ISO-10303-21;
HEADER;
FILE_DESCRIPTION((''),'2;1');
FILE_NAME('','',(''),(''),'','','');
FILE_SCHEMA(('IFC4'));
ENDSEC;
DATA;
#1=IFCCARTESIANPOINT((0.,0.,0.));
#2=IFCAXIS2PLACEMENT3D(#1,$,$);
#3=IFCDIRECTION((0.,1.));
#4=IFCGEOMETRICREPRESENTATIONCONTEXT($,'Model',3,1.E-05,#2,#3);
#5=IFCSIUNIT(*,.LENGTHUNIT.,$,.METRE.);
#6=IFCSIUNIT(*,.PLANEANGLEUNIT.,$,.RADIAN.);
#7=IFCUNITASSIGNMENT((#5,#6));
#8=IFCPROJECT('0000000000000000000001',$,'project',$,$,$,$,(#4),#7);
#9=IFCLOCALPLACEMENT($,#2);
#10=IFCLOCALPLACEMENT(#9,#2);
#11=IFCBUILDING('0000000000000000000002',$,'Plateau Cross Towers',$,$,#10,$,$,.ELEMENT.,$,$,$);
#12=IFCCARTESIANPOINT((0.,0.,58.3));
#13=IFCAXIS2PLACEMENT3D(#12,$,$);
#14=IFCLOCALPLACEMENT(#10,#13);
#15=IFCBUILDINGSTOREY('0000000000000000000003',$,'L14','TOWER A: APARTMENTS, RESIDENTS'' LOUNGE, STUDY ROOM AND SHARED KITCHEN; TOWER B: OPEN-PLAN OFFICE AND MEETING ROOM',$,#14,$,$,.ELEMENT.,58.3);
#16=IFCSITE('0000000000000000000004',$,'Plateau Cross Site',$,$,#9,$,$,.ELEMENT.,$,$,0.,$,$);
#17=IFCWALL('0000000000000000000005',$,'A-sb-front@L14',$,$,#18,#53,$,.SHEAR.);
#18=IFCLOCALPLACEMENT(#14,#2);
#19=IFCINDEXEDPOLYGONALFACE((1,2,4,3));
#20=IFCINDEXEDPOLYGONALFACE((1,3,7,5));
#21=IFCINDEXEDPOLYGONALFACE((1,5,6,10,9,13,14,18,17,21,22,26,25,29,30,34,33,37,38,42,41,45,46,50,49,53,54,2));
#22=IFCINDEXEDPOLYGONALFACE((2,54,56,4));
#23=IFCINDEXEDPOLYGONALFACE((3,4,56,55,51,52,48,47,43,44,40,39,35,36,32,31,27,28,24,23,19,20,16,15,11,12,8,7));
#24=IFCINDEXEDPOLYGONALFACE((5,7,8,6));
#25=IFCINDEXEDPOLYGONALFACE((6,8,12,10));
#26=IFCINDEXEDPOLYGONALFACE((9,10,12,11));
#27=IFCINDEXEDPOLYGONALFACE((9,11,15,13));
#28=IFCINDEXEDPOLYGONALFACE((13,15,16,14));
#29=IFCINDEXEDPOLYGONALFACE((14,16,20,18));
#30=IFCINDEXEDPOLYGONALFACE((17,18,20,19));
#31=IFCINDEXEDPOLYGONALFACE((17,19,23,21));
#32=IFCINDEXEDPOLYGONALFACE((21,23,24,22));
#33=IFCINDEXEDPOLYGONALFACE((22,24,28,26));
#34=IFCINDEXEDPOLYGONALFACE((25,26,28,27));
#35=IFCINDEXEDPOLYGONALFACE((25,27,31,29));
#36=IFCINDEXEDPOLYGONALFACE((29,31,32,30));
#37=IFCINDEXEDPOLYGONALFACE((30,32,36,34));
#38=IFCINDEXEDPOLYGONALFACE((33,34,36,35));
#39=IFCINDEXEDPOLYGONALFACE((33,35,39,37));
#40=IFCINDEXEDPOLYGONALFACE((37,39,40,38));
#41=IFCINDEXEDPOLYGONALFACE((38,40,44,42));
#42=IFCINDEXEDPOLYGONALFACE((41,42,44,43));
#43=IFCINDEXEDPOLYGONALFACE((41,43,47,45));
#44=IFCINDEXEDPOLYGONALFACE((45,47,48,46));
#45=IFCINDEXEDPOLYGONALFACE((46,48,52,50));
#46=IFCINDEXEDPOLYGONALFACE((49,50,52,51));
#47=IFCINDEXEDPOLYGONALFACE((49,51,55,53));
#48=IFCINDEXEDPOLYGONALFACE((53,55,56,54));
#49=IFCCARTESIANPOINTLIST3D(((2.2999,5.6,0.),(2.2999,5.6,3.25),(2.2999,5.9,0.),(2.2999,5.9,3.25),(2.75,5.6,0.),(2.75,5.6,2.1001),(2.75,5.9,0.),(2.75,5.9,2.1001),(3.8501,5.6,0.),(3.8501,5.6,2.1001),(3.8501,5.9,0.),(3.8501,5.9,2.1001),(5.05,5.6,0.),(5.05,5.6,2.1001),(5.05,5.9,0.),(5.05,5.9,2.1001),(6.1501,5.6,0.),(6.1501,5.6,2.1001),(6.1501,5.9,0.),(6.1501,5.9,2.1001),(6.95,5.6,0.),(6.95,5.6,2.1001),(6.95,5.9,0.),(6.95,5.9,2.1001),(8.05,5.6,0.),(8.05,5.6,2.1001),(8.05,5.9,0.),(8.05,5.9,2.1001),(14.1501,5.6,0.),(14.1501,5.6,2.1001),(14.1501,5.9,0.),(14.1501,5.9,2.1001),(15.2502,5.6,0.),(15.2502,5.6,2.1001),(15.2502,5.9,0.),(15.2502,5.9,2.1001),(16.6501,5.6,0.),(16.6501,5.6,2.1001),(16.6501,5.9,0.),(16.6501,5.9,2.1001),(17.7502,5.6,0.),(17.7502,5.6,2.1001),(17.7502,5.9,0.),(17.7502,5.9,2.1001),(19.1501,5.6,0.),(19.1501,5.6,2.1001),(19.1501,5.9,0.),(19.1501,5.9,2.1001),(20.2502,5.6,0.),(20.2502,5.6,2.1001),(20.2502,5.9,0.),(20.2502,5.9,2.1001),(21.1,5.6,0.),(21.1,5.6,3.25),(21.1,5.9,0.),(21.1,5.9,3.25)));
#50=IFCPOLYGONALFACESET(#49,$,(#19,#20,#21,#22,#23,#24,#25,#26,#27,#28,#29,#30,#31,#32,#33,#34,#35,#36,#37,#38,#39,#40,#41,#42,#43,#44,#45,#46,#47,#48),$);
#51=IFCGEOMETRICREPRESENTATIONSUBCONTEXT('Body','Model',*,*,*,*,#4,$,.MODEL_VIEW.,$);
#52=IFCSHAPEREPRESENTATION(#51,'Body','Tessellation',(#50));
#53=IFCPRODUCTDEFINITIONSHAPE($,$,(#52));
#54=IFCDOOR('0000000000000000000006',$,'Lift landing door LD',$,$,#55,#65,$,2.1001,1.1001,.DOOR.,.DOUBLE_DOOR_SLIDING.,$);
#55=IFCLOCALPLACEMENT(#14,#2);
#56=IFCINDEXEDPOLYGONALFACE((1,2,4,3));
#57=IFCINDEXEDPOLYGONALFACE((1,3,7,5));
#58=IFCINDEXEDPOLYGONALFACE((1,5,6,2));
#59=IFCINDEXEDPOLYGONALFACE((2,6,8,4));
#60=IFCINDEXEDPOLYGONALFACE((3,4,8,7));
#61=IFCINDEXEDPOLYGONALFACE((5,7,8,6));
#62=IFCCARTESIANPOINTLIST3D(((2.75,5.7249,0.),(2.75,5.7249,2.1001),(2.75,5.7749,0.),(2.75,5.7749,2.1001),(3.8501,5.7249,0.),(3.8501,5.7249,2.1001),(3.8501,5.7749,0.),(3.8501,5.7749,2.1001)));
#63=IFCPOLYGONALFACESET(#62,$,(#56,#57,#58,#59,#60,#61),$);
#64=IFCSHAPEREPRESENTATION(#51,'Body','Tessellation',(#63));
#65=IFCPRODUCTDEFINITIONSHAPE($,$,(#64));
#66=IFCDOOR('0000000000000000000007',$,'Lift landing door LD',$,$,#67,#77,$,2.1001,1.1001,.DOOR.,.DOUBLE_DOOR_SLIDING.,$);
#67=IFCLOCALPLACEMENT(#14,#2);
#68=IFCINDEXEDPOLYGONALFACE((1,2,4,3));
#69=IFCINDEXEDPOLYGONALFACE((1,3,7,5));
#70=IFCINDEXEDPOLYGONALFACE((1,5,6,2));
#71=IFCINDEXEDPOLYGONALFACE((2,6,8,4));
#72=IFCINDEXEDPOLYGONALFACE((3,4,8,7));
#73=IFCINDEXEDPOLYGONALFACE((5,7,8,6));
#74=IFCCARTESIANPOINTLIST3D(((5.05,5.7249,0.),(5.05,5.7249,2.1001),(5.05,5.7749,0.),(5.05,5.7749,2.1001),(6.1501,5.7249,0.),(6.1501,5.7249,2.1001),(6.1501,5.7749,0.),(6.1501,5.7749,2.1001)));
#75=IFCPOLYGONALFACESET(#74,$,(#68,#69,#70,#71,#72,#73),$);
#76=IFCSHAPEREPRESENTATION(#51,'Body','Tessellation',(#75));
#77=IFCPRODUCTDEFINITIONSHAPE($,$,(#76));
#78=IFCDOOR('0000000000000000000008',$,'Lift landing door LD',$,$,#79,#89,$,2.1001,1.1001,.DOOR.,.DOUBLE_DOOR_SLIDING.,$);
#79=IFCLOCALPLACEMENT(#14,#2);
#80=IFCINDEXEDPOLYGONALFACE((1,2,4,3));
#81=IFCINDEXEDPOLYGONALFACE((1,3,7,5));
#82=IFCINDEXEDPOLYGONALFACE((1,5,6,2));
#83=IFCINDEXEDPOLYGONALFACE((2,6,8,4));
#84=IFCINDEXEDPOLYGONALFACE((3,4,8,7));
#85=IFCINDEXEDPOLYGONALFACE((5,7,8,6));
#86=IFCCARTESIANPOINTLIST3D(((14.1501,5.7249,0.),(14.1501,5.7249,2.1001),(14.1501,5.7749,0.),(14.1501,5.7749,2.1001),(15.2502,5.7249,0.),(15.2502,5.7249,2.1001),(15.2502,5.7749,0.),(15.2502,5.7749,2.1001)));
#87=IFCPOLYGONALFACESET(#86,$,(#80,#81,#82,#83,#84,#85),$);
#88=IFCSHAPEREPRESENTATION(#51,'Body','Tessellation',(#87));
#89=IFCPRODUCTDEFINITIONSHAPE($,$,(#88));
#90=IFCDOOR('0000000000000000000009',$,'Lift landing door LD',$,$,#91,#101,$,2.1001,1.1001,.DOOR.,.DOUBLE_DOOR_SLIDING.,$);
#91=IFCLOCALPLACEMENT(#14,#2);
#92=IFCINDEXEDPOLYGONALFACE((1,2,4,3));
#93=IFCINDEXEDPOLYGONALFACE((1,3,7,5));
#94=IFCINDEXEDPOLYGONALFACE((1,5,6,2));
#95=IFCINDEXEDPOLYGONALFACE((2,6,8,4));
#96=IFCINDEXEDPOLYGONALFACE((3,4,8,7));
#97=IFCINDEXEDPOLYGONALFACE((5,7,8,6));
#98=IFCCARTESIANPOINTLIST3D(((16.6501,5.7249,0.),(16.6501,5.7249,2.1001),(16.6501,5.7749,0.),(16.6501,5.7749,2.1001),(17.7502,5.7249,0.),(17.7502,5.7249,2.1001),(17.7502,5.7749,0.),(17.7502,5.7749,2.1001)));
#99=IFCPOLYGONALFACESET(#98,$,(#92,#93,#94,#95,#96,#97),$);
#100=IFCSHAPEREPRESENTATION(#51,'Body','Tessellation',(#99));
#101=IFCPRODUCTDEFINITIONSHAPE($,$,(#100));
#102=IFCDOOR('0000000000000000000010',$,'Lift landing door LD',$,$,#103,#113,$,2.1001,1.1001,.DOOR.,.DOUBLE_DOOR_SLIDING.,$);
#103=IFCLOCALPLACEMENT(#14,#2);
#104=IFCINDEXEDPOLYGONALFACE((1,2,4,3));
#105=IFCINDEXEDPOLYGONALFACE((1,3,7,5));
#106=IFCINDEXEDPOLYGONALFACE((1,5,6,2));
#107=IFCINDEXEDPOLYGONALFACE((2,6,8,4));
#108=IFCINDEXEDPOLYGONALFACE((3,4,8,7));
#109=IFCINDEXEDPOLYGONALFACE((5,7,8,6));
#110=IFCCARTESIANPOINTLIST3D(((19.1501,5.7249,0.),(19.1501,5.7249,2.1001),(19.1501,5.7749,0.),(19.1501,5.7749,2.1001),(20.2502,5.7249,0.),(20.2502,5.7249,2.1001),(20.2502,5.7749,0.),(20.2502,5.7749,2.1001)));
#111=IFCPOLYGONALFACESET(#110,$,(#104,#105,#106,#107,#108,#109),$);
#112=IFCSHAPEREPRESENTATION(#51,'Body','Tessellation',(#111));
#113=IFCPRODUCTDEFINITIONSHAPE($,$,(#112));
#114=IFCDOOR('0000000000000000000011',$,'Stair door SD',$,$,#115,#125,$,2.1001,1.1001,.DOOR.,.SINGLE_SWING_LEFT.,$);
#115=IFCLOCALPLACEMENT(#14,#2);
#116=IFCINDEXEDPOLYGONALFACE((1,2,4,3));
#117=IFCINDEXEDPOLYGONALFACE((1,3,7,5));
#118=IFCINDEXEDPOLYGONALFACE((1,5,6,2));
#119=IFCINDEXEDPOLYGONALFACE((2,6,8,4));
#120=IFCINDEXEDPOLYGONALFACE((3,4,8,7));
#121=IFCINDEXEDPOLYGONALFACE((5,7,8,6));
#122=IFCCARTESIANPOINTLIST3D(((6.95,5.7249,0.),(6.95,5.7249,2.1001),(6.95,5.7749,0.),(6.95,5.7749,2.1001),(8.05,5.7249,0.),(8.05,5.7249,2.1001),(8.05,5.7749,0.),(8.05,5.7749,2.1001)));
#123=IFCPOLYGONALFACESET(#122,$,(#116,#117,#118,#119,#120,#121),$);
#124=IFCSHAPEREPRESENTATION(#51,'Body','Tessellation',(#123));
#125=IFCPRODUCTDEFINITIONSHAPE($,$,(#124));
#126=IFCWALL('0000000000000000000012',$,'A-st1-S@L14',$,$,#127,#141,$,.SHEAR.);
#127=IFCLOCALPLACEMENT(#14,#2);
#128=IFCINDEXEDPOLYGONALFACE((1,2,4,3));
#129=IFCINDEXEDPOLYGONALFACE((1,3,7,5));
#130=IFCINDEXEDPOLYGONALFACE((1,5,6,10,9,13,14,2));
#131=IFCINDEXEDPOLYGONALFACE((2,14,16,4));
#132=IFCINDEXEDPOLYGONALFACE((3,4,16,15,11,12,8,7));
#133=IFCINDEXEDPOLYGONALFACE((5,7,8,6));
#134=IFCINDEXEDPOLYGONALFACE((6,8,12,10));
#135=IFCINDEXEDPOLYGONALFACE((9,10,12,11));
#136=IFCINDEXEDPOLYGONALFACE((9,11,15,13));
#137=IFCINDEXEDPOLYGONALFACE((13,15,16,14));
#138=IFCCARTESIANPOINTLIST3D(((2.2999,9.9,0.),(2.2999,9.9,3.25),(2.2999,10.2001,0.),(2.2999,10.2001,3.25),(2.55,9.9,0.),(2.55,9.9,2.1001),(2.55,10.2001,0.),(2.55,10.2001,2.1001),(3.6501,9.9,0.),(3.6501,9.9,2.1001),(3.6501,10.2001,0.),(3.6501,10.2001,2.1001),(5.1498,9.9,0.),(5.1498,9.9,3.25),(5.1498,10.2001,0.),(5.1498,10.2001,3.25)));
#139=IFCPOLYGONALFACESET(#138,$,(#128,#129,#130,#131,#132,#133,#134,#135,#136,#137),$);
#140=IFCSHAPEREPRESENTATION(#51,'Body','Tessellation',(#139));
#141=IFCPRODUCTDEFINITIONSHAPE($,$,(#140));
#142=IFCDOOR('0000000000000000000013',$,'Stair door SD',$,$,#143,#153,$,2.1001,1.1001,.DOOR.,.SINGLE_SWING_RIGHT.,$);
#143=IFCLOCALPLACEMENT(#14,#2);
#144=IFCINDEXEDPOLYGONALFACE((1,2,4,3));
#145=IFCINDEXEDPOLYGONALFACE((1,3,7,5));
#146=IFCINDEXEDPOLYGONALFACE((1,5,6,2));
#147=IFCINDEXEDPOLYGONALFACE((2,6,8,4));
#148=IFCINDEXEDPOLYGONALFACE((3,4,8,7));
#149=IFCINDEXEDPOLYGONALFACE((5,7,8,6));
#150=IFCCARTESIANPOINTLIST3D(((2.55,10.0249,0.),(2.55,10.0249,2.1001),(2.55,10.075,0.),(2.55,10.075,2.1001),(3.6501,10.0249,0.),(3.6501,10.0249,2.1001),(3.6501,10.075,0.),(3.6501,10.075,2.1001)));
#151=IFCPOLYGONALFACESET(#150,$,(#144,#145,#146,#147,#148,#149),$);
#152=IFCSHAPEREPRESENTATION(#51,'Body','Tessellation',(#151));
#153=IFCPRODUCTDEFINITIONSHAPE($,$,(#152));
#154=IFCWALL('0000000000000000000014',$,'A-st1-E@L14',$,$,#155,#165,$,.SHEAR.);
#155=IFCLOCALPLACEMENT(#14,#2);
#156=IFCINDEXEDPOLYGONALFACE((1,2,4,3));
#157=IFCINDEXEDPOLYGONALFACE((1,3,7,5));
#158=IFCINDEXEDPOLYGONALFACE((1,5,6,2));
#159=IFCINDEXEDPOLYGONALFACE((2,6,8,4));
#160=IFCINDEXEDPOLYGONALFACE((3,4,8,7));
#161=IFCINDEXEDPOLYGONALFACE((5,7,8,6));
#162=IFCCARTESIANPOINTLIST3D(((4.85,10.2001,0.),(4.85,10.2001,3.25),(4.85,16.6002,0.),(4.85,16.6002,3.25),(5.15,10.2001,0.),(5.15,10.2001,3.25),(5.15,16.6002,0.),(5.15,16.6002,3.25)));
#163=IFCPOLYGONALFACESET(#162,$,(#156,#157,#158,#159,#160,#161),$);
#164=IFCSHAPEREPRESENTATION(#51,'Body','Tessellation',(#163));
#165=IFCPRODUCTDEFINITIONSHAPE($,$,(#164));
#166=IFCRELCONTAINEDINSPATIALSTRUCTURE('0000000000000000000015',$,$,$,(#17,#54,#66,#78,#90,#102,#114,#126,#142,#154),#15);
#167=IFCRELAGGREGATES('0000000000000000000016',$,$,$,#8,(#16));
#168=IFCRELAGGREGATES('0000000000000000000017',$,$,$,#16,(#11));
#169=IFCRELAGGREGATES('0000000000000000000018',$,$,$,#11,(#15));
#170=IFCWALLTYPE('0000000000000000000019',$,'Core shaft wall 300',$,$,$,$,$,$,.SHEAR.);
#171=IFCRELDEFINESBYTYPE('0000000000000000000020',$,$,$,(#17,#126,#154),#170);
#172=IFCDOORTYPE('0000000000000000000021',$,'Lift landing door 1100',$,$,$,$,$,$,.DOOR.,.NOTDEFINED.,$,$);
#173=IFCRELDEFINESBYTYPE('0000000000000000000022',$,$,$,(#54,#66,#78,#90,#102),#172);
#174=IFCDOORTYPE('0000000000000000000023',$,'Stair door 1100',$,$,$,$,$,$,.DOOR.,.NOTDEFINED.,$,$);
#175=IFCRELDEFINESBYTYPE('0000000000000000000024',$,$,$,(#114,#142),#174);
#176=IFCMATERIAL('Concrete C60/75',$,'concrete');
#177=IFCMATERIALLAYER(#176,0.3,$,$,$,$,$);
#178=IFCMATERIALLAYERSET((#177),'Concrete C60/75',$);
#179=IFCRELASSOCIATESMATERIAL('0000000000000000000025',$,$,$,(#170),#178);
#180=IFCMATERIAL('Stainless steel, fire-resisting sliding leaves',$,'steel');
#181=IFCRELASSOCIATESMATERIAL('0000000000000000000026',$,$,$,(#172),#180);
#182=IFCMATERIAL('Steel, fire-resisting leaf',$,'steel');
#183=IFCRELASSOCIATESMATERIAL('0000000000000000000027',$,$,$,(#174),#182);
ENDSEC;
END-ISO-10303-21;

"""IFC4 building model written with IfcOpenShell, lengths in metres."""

from ifc_helpers import new_model, si_unit, direction, frame, frame_2d, origin, place, context, subcontext, project, spatial, rectangle, extrude, material, layer, layer_set, type_object, element, fill, save


model = new_model("IFC4")

# Units and contexts
model_context = context("Model", 3, precision=1e-05, world=origin(), true_north=direction((0.0, 1.0)))
body_context = subcontext(model_context, "Body", "Model", "MODEL_VIEW")
ifc_project = project(units=[si_unit("LENGTHUNIT", "METRE"), si_unit("PLANEANGLEUNIT", "RADIAN")], contexts=[model_context])

# Site, building, storey
site_placement = place(None, origin())
site = spatial("IfcSite", under=ifc_project, at=site_placement, Name="Plateau Cross Site", CompositionType="ELEMENT", RefElevation=0.0)
building_placement = place(site_placement, origin())
building = spatial("IfcBuilding", under=site, at=building_placement, Name="Plateau Cross Towers", CompositionType="ELEMENT")
storey_placement = place(building_placement, frame((0.0, 0.0, 58.3)))
storey = spatial("IfcBuildingStorey", under=building, at=storey_placement, Name="L14", Description="TOWER A: APARTMENTS, RESIDENTS' LOUNGE, STUDY ROOM AND SHARED KITCHEN; TOWER B: OPEN-PLAN OFFICE AND MEETING ROOM", CompositionType="ELEMENT", Elevation=58.3)

# Shared definitions
ifc_material_1 = material(Name="Concrete C60/75", Category="concrete")
ifc_layer_1 = layer(ifc_material_1, 0.3)
ifc_layer_set_1 = layer_set([ifc_layer_1], Name="Concrete C60/75")
wall_type_1 = type_object("IfcWallType", Name="Core shaft wall 300", PredefinedType="SHEAR", material=ifc_layer_set_1)

# Wall, openings, doors
wall_1_placement = place(storey_placement, frame((2.3, 5.75, 0.0), z_axis=(0.0, 0.0, 1.0), x_axis=(1.0, 0.0, 0.0)))
wall_1 = element("IfcWall", 1, at=wall_1_placement, inside=storey, type_object=wall_type_1, Name="A-sb-front@L14", PredefinedType="SHEAR", context=body_context, shape_type="SweptSolid", body=[
    extrude(rectangle(XDim=18.8, YDim=0.3, at=frame_2d((9.3999, 0.0))), origin(), (0.0, 0.0, 1.0), 3.25),
])
opening_1_placement = place(wall_1_placement, frame((4.6499, 0.0, 0.0)))
opening_1 = element("IfcOpeningElement", 2, at=opening_1_placement, cuts=wall_1, PredefinedType="OPENING", context=body_context, shape_type="SweptSolid", body=[
    extrude(rectangle(XDim=1.1001, YDim=2.1001, at=frame_2d((0.55, 1.05))), frame((0.0, 0.1599, 0.0), z_axis=(0.0, -1.0, 0.0), x_axis=(1.0, 0.0, 0.0)), (0.0, 0.0, 1.0), 0.3201),
])
opening_2_placement = place(wall_1_placement, frame((0.45, 0.0, 0.0)))
opening_2 = element("IfcOpeningElement", 3, at=opening_2_placement, cuts=wall_1, PredefinedType="OPENING", context=body_context, shape_type="SweptSolid", body=[
    extrude(rectangle(XDim=1.1001, YDim=2.1001, at=frame_2d((0.55, 1.05))), frame((0.0, 0.1599, 0.0), z_axis=(0.0, -1.0, 0.0), x_axis=(1.0, 0.0, 0.0)), (0.0, 0.0, 1.0), 0.3201),
])
opening_3_placement = place(wall_1_placement, frame((2.75, 0.0, 0.0)))
opening_3 = element("IfcOpeningElement", 4, at=opening_3_placement, cuts=wall_1, PredefinedType="OPENING", context=body_context, shape_type="SweptSolid", body=[
    extrude(rectangle(XDim=1.1001, YDim=2.1001, at=frame_2d((0.55, 1.05))), frame((0.0, 0.1599, 0.0), z_axis=(0.0, -1.0, 0.0), x_axis=(1.0, 0.0, 0.0)), (0.0, 0.0, 1.0), 0.3201),
])
opening_4_placement = place(wall_1_placement, frame((11.8501, 0.0, 0.0)))
opening_4 = element("IfcOpeningElement", 5, at=opening_4_placement, cuts=wall_1, PredefinedType="OPENING", context=body_context, shape_type="SweptSolid", body=[
    extrude(rectangle(XDim=1.1001, YDim=2.1001, at=frame_2d((0.55, 1.05))), frame((0.0, 0.1599, 0.0), z_axis=(0.0, -1.0, 0.0), x_axis=(1.0, 0.0, 0.0)), (0.0, 0.0, 1.0), 0.3201),
])
opening_5_placement = place(wall_1_placement, frame((14.3501, 0.0, 0.0)))
opening_5 = element("IfcOpeningElement", 6, at=opening_5_placement, cuts=wall_1, PredefinedType="OPENING", context=body_context, shape_type="SweptSolid", body=[
    extrude(rectangle(XDim=1.1001, YDim=2.1001, at=frame_2d((0.55, 1.05))), frame((0.0, 0.1599, 0.0), z_axis=(0.0, -1.0, 0.0), x_axis=(1.0, 0.0, 0.0)), (0.0, 0.0, 1.0), 0.3201),
])
opening_6_placement = place(wall_1_placement, frame((16.8501, 0.0, 0.0)))
opening_6 = element("IfcOpeningElement", 7, at=opening_6_placement, cuts=wall_1, PredefinedType="OPENING", context=body_context, shape_type="SweptSolid", body=[
    extrude(rectangle(XDim=1.1001, YDim=2.1001, at=frame_2d((0.55, 1.05))), frame((0.0, 0.1599, 0.0), z_axis=(0.0, -1.0, 0.0), x_axis=(1.0, 0.0, 0.0)), (0.0, 0.0, 1.0), 0.3201),
])
ifc_material_2 = material(Name="Stainless steel, fire-resisting sliding leaves", Category="steel")
door_type_1 = type_object("IfcDoorType", Name="Lift landing door 1100", OperationType="NOTDEFINED", PredefinedType="DOOR", material=ifc_material_2)
door_1_placement = place(opening_2_placement, origin())
door_1 = element("IfcDoor", 8, at=door_1_placement, inside=storey, type_object=door_type_1, Name="Lift landing door LD", OperationType="DOUBLE_DOOR_SLIDING", OverallHeight=2.1001, OverallWidth=1.1001, PredefinedType="DOOR", context=body_context, shape_type="SweptSolid", body=[
    extrude(rectangle(XDim=1.1001, YDim=2.1001, at=frame_2d((0.55, 1.05))), frame((0.0, 0.0249, 0.0), z_axis=(0.0, -1.0, 0.0), x_axis=(1.0, 0.0, 0.0)), (0.0, 0.0, 1.0), 0.05),
])
fill(opening_2, door_1)
door_2_placement = place(opening_3_placement, origin())
door_2 = element("IfcDoor", 9, at=door_2_placement, inside=storey, type_object=door_type_1, Name="Lift landing door LD", OperationType="DOUBLE_DOOR_SLIDING", OverallHeight=2.1001, OverallWidth=1.1001, PredefinedType="DOOR", context=body_context, shape_type="SweptSolid", body=[
    extrude(rectangle(XDim=1.1001, YDim=2.1001, at=frame_2d((0.55, 1.05))), frame((0.0, 0.0249, 0.0), z_axis=(0.0, -1.0, 0.0), x_axis=(1.0, 0.0, 0.0)), (0.0, 0.0, 1.0), 0.05),
])
fill(opening_3, door_2)
door_3_placement = place(opening_4_placement, origin())
door_3 = element("IfcDoor", 10, at=door_3_placement, inside=storey, type_object=door_type_1, Name="Lift landing door LD", OperationType="DOUBLE_DOOR_SLIDING", OverallHeight=2.1001, OverallWidth=1.1001, PredefinedType="DOOR", context=body_context, shape_type="SweptSolid", body=[
    extrude(rectangle(XDim=1.1001, YDim=2.1001, at=frame_2d((0.55, 1.05))), frame((0.0, 0.0249, 0.0), z_axis=(0.0, -1.0, 0.0), x_axis=(1.0, 0.0, 0.0)), (0.0, 0.0, 1.0), 0.05),
])
fill(opening_4, door_3)
door_4_placement = place(opening_5_placement, origin())
door_4 = element("IfcDoor", 11, at=door_4_placement, inside=storey, type_object=door_type_1, Name="Lift landing door LD", OperationType="DOUBLE_DOOR_SLIDING", OverallHeight=2.1001, OverallWidth=1.1001, PredefinedType="DOOR", context=body_context, shape_type="SweptSolid", body=[
    extrude(rectangle(XDim=1.1001, YDim=2.1001, at=frame_2d((0.55, 1.05))), frame((0.0, 0.0249, 0.0), z_axis=(0.0, -1.0, 0.0), x_axis=(1.0, 0.0, 0.0)), (0.0, 0.0, 1.0), 0.05),
])
fill(opening_5, door_4)
door_5_placement = place(opening_6_placement, origin())
door_5 = element("IfcDoor", 12, at=door_5_placement, inside=storey, type_object=door_type_1, Name="Lift landing door LD", OperationType="DOUBLE_DOOR_SLIDING", OverallHeight=2.1001, OverallWidth=1.1001, PredefinedType="DOOR", context=body_context, shape_type="SweptSolid", body=[
    extrude(rectangle(XDim=1.1001, YDim=2.1001, at=frame_2d((0.55, 1.05))), frame((0.0, 0.0249, 0.0), z_axis=(0.0, -1.0, 0.0), x_axis=(1.0, 0.0, 0.0)), (0.0, 0.0, 1.0), 0.05),
])
fill(opening_6, door_5)
ifc_material_3 = material(Name="Steel, fire-resisting leaf", Category="steel")
door_type_2 = type_object("IfcDoorType", Name="Stair door 1100", OperationType="NOTDEFINED", PredefinedType="DOOR", material=ifc_material_3)
door_6_placement = place(opening_1_placement, origin())
door_6 = element("IfcDoor", 13, at=door_6_placement, inside=storey, type_object=door_type_2, Name="Stair door SD", OperationType="SINGLE_SWING_LEFT", OverallHeight=2.1001, OverallWidth=1.1001, PredefinedType="DOOR", context=body_context, shape_type="SweptSolid", body=[
    extrude(rectangle(XDim=1.1001, YDim=2.1001, at=frame_2d((0.55, 1.05))), frame((0.0, 0.0249, 0.0), z_axis=(0.0, -1.0, 0.0), x_axis=(1.0, 0.0, 0.0)), (0.0, 0.0, 1.0), 0.05),
])
fill(opening_1, door_6)

# Wall, opening, door
wall_2_placement = place(storey_placement, frame((2.3, 10.05, 0.0), z_axis=(0.0, 0.0, 1.0), x_axis=(1.0, 0.0, 0.0)))
wall_2 = element("IfcWall", 14, at=wall_2_placement, inside=storey, type_object=wall_type_1, Name="A-st1-S@L14", PredefinedType="SHEAR", context=body_context, shape_type="SweptSolid", body=[
    extrude(rectangle(XDim=2.8499, YDim=0.3, at=frame_2d((1.4248, 0.0))), origin(), (0.0, 0.0, 1.0), 3.25),
])
opening_7_placement = place(wall_2_placement, frame((0.25, 0.0, 0.0)))
opening_7 = element("IfcOpeningElement", 15, at=opening_7_placement, cuts=wall_2, PredefinedType="OPENING", context=body_context, shape_type="SweptSolid", body=[
    extrude(rectangle(XDim=1.1001, YDim=2.1001, at=frame_2d((0.55, 1.05))), frame((0.0, 0.1599, 0.0), z_axis=(0.0, -1.0, 0.0), x_axis=(1.0, 0.0, 0.0)), (0.0, 0.0, 1.0), 0.3201),
])
door_7_placement = place(opening_7_placement, origin())
door_7 = element("IfcDoor", 16, at=door_7_placement, inside=storey, type_object=door_type_2, Name="Stair door SD", OperationType="SINGLE_SWING_RIGHT", OverallHeight=2.1001, OverallWidth=1.1001, PredefinedType="DOOR", context=body_context, shape_type="SweptSolid", body=[
    extrude(rectangle(XDim=1.1001, YDim=2.1001, at=frame_2d((0.55, 1.05))), frame((0.0, 0.0249, 0.0), z_axis=(0.0, -1.0, 0.0), x_axis=(1.0, 0.0, 0.0)), (0.0, 0.0, 1.0), 0.05),
])
fill(opening_7, door_7)

# Wall
wall_3_placement = place(storey_placement, frame((5.0, 10.2, 0.0), z_axis=(0.0, 0.0, 1.0), x_axis=(0.0, 1.0, 0.0)))
element("IfcWall", 17, at=wall_3_placement, inside=storey, type_object=wall_type_1, Name="A-st1-E@L14", PredefinedType="SHEAR", context=body_context, shape_type="SweptSolid", body=[
    extrude(rectangle(XDim=6.4001, YDim=0.3, at=frame_2d((3.2002, 0.0))), origin(), (0.0, 0.0, 1.0), 3.25),
])

save(model, "model.ifc")
